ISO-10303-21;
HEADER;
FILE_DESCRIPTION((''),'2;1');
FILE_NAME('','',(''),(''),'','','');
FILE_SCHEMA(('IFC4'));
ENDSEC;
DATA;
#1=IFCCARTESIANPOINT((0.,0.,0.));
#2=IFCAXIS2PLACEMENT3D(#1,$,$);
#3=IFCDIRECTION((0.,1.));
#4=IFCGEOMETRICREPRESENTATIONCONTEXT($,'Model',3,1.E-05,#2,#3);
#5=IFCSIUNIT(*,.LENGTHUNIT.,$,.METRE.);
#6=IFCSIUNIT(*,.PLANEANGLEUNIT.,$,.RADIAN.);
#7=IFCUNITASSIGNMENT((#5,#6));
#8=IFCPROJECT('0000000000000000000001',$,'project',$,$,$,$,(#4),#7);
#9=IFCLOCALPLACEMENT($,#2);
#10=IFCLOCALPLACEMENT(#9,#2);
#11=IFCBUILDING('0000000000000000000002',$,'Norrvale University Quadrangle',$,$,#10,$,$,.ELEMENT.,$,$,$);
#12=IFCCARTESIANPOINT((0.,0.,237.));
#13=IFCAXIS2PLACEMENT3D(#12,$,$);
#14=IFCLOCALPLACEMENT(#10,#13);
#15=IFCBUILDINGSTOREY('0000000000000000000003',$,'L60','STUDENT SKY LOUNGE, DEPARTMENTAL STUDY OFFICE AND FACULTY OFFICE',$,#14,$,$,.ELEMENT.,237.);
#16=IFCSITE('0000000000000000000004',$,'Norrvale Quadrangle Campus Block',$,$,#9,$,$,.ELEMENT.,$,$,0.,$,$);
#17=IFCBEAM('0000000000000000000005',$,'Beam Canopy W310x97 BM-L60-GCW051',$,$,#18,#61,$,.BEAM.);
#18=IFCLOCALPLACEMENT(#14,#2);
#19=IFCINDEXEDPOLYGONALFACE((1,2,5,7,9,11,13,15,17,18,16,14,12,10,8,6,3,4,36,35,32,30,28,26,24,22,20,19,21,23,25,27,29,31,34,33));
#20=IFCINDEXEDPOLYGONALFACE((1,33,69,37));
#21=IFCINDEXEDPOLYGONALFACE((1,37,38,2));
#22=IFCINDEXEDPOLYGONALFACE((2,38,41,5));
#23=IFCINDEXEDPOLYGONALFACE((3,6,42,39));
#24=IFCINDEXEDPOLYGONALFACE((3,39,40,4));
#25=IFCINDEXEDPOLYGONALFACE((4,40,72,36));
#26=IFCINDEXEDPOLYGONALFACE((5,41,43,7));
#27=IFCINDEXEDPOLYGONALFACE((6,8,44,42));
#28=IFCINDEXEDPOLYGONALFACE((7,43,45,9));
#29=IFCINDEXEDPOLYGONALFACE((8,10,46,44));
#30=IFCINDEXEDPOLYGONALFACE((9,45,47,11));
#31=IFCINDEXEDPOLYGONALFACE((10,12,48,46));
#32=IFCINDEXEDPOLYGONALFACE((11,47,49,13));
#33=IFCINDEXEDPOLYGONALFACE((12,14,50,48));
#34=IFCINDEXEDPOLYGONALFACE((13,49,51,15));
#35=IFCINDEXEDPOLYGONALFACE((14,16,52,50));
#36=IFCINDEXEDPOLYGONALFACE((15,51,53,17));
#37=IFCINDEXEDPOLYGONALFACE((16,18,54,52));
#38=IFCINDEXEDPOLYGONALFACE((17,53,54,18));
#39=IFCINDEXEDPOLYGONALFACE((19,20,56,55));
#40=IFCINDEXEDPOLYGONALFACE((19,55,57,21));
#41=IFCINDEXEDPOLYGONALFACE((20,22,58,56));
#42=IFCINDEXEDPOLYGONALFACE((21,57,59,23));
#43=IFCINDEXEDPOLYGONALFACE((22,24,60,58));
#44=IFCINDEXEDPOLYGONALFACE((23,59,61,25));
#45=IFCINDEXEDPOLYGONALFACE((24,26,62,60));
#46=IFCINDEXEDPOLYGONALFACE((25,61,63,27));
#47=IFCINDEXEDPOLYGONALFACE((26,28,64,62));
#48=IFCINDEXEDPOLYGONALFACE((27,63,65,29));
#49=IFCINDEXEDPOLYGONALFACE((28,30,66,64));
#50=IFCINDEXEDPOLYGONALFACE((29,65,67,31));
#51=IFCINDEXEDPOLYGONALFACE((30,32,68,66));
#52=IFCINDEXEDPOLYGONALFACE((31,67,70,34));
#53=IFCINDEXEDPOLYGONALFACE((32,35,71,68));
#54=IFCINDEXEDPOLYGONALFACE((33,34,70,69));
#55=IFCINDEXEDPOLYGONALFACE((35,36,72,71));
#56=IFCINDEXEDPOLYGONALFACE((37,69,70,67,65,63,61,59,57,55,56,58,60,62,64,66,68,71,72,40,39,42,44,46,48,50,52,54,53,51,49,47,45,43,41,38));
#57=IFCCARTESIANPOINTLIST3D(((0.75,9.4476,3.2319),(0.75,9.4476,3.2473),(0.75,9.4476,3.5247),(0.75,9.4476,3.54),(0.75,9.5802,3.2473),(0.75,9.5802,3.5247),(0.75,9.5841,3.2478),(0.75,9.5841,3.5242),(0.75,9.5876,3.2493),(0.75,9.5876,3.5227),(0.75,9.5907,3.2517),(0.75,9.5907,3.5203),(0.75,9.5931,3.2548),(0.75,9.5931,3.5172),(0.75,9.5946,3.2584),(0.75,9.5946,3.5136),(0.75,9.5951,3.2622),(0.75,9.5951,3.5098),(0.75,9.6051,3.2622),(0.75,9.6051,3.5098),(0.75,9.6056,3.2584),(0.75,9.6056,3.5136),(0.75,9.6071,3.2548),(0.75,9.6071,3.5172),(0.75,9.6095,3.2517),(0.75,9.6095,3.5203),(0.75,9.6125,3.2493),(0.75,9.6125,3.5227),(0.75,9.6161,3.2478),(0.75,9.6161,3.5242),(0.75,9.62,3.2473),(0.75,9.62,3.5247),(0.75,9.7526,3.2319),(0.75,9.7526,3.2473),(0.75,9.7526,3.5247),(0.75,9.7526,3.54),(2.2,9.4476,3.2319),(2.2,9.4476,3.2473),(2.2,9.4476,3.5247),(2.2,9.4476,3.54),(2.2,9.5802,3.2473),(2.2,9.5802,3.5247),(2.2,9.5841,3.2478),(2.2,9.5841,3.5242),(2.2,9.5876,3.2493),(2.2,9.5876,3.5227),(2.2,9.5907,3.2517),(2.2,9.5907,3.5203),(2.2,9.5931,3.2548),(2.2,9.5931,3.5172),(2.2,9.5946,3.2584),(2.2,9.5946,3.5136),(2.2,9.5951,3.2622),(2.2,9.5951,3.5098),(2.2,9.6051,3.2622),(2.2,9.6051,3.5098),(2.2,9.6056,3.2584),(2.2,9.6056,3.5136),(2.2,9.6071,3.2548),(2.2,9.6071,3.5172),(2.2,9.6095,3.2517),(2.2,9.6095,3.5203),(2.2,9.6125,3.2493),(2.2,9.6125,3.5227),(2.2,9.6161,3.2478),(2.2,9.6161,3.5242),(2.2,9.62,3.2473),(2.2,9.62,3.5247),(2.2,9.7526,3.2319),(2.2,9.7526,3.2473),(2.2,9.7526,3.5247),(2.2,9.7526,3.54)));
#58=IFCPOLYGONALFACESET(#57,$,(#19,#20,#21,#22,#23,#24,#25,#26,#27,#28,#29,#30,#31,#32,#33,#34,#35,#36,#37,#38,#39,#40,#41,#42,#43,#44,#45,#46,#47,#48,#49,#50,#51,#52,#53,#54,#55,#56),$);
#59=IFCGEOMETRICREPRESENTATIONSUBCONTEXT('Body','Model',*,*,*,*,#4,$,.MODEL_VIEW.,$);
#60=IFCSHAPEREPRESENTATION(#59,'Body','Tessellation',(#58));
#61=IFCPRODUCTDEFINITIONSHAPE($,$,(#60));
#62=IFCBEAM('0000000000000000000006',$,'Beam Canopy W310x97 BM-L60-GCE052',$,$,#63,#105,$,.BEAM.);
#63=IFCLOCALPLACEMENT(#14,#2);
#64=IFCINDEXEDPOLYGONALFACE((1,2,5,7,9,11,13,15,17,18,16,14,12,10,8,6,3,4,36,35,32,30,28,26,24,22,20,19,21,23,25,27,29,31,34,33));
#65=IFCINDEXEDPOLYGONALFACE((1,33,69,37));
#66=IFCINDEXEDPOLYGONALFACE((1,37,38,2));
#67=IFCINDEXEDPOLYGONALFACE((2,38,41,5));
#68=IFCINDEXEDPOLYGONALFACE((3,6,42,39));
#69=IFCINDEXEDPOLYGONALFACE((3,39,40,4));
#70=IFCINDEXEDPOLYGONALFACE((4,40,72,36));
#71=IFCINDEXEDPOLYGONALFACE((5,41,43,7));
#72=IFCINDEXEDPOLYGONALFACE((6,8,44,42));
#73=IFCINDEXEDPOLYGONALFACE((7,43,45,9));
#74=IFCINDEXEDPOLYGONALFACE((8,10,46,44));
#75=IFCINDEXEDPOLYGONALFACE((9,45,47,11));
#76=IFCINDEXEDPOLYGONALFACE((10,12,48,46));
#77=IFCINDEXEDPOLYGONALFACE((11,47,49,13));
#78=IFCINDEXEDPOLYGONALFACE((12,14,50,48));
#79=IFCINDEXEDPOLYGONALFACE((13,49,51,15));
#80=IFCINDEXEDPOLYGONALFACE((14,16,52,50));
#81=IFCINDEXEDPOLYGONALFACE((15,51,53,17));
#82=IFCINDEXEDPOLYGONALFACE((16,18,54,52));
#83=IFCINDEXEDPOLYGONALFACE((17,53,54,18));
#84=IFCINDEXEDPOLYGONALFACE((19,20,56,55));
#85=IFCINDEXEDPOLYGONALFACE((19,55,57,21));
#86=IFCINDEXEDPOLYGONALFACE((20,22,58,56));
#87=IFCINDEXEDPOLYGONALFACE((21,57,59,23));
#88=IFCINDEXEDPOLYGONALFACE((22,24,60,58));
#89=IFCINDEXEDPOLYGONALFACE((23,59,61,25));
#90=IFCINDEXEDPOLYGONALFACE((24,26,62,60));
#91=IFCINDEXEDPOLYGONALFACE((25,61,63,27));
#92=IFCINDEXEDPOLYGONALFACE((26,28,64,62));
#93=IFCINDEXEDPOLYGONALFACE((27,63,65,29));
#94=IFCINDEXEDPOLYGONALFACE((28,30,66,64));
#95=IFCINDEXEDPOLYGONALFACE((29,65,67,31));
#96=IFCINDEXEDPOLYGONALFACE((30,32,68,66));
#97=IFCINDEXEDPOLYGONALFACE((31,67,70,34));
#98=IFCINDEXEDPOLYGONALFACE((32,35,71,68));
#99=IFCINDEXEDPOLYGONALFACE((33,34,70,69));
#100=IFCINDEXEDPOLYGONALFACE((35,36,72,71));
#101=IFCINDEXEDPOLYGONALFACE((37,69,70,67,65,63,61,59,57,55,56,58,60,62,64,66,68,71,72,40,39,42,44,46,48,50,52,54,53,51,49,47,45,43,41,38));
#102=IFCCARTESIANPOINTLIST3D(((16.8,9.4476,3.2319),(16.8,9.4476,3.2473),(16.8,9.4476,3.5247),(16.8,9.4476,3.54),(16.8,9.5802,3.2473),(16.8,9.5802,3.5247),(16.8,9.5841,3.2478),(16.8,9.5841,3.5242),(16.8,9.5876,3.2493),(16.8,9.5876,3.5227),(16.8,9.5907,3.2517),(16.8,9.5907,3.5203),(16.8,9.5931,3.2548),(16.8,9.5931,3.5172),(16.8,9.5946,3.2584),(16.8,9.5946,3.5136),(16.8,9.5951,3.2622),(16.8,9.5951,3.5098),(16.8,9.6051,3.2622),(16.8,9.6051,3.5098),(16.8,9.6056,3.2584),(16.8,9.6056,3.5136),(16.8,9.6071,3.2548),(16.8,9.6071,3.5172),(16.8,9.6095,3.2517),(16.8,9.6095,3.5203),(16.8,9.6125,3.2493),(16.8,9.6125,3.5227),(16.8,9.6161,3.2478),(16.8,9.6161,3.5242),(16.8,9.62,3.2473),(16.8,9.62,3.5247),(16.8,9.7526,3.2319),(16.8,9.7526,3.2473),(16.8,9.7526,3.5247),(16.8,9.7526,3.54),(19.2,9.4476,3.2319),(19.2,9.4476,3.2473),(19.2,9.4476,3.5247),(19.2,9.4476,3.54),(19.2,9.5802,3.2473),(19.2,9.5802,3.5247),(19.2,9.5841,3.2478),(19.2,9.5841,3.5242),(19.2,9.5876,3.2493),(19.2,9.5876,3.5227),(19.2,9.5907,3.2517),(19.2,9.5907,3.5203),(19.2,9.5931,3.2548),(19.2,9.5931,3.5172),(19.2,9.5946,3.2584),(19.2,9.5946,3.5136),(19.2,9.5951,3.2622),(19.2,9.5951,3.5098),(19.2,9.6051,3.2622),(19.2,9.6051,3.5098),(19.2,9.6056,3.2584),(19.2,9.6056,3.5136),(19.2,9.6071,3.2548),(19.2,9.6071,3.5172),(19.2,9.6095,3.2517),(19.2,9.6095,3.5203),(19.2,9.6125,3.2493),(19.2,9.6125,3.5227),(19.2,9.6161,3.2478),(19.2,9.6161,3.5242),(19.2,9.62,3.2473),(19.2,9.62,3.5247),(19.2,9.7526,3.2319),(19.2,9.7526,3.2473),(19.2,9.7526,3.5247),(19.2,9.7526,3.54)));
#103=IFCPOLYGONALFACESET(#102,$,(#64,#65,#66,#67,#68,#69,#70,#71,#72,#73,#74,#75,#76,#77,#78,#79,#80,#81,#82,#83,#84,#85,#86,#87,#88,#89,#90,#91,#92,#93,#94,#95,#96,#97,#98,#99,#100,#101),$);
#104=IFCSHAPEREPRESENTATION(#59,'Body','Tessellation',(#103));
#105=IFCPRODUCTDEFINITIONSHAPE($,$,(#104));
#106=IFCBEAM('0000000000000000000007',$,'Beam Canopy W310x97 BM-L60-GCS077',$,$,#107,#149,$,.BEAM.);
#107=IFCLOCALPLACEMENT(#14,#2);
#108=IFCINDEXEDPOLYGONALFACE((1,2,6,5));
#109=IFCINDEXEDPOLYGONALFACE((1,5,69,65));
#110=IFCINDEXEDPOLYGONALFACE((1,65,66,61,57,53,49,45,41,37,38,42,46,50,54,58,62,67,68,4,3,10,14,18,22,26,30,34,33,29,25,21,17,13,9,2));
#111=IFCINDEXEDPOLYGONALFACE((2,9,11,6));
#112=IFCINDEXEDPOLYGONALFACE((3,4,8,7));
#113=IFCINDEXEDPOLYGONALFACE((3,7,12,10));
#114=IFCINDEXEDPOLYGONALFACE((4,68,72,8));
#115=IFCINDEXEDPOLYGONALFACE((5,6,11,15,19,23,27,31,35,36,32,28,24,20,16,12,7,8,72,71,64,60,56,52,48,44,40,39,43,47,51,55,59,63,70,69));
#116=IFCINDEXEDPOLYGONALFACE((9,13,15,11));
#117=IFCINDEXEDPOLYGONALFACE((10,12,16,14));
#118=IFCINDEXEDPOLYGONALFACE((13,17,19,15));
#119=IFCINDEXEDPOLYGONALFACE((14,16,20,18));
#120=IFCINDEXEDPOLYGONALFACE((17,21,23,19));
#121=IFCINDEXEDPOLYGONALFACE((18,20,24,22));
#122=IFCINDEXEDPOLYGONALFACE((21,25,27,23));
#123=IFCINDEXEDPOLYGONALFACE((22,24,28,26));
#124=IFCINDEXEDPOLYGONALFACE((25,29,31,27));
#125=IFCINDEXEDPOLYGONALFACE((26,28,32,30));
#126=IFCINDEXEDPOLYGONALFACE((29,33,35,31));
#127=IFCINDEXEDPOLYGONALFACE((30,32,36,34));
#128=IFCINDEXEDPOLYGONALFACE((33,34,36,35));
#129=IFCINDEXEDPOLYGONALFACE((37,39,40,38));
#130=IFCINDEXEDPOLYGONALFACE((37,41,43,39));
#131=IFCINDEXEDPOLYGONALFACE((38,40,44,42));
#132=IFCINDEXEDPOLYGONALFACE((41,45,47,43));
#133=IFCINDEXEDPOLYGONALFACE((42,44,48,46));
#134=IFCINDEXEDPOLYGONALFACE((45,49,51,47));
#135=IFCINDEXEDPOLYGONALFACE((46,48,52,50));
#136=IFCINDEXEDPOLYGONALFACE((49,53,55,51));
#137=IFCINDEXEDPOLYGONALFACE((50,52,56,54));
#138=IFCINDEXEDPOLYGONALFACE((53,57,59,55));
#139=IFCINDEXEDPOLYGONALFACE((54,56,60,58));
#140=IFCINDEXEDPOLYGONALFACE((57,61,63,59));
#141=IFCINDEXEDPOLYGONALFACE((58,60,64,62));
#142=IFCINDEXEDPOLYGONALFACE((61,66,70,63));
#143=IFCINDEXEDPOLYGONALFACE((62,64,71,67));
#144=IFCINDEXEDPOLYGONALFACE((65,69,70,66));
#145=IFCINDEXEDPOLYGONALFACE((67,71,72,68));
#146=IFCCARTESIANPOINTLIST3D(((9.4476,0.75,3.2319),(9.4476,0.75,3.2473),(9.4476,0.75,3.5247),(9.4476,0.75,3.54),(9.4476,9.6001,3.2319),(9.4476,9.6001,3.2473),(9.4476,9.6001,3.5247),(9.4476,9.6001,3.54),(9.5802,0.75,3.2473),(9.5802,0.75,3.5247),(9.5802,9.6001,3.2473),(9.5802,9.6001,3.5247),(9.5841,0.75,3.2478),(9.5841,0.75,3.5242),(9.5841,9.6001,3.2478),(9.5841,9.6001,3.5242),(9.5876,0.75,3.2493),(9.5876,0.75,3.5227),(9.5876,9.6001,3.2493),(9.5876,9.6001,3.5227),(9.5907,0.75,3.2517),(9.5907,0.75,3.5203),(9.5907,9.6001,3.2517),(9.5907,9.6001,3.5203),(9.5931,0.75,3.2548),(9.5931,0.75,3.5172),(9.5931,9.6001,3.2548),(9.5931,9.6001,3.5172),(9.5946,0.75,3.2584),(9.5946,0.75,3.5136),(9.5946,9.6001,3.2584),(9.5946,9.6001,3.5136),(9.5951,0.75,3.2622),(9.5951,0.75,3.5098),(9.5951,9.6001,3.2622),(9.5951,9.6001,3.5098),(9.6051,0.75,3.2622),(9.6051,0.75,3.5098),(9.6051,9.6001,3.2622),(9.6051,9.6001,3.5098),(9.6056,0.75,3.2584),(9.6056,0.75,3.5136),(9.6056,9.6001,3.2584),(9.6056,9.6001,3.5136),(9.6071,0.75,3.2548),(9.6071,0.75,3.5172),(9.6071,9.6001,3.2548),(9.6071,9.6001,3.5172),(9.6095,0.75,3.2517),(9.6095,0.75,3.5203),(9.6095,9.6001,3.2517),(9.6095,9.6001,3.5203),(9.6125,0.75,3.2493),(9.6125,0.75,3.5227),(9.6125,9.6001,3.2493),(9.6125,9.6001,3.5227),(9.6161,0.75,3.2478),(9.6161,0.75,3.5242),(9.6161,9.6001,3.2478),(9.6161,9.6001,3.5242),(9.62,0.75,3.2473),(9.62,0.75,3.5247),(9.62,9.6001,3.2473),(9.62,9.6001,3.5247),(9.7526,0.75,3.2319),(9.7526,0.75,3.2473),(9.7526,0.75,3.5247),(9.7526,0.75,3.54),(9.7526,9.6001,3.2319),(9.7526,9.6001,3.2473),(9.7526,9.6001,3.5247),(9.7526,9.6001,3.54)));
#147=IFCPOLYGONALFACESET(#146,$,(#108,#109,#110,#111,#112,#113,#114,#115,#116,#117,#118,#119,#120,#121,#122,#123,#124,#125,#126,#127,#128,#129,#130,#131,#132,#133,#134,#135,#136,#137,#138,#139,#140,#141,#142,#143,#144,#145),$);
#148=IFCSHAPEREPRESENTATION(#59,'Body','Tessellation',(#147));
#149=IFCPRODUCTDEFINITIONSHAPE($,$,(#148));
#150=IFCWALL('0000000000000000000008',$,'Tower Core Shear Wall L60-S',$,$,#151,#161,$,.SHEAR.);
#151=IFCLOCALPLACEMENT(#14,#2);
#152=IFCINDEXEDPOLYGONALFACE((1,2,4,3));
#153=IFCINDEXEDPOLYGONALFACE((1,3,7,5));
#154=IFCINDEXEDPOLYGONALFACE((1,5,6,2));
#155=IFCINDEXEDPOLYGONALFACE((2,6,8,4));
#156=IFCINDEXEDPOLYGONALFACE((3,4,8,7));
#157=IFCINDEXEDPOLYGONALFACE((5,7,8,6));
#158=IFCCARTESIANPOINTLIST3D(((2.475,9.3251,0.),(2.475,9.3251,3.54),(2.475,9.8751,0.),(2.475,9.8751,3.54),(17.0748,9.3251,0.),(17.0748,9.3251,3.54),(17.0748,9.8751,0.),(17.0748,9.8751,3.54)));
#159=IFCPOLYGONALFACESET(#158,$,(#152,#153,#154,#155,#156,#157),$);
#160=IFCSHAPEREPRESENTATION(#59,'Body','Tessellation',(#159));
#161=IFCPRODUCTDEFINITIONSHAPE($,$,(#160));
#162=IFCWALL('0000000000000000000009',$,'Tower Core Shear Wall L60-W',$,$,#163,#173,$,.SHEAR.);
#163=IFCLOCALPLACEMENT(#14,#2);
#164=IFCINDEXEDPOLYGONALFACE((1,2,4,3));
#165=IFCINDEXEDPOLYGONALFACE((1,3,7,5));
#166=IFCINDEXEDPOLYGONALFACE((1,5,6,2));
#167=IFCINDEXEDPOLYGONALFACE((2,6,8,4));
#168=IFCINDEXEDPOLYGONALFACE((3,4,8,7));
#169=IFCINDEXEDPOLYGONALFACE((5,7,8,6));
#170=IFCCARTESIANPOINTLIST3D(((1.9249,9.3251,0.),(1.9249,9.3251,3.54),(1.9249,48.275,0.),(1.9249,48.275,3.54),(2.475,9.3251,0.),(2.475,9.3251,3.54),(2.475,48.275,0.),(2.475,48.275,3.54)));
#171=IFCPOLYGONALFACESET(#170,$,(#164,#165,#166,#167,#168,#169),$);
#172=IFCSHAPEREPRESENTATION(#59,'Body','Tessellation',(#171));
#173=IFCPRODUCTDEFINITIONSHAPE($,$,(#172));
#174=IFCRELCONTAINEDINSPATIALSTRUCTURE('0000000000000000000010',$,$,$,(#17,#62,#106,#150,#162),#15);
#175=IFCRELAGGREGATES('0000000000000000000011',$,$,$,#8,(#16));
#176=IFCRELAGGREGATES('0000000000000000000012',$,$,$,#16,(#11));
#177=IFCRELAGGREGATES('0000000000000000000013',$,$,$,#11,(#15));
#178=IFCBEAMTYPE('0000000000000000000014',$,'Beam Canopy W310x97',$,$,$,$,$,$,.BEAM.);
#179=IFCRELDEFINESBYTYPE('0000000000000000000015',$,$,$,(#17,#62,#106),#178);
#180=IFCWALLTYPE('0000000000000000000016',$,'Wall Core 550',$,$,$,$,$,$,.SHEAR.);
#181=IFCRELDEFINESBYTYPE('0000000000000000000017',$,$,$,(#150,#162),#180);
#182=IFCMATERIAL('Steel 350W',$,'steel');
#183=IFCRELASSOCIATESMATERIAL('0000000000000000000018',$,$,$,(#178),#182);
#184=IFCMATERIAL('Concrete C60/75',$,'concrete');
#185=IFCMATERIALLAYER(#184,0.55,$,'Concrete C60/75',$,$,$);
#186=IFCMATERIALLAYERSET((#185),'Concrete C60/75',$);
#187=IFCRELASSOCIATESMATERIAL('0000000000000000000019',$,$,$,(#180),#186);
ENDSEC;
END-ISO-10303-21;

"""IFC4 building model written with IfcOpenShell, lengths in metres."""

from ifc_helpers import new_model, si_unit, direction, frame, frame_2d, origin, origin_2d, place, context, subcontext, project, spatial, rectangle, i_section, extrude, material, layer, layer_set, material_profile, profile_set, type_object, element, save


model = new_model("IFC4")

# Units and contexts
model_context = context("Model", 3, precision=1e-05, world=origin(), true_north=direction((0.0, 1.0)))
body_context = subcontext(model_context, "Body", "Model", "MODEL_VIEW")
ifc_project = project(units=[si_unit("LENGTHUNIT", "METRE"), si_unit("PLANEANGLEUNIT", "RADIAN")], contexts=[model_context])

# Site, building, storey
site_placement = place(None, origin())
site = spatial("IfcSite", under=ifc_project, at=site_placement, Name="Norrvale Quadrangle Campus Block", CompositionType="ELEMENT", RefElevation=0.0)
building_placement = place(site_placement, origin())
building = spatial("IfcBuilding", under=site, at=building_placement, Name="Norrvale University Quadrangle", CompositionType="ELEMENT")
storey_placement = place(building_placement, frame((0.0, 0.0, 237.0)))
storey = spatial("IfcBuildingStorey", under=building, at=storey_placement, Name="L60", Description="STUDENT SKY LOUNGE, DEPARTMENTAL STUDY OFFICE AND FACULTY OFFICE", CompositionType="ELEMENT", Elevation=237.0)

# Shared definitions
ifc_material_1 = material(Name="Concrete C60/75", Category="concrete")

# Beams
ifc_material_2 = material(Name="Steel 350W", Category="steel")
ifc_material_profile_1 = material_profile(ifc_material_2, i_section(OverallWidth=0.3049, OverallDepth=0.3081, WebThickness=0.01, FlangeThickness=0.0154, FilletRadius=0.0149, at=origin_2d()), Name="Steel 350W")
ifc_profile_set_1 = profile_set([ifc_material_profile_1], Name="Steel 350W")
beam_type_1 = type_object("IfcBeamType", Name="Beam Canopy W310x97", PredefinedType="BEAM", material=ifc_profile_set_1)
beam_1_placement = place(storey_placement, frame((0.75, 9.6001, 3.386), z_axis=(1.0, 0.0, 0.0), x_axis=(0.0, 1.0, 0.0)))
element("IfcBeam", 1, at=beam_1_placement, inside=storey, type_object=beam_type_1, Name="Beam Canopy W310x97 BM-L60-GCW051", PredefinedType="BEAM", context=body_context, shape_type="SweptSolid", body=[
    extrude(i_section(OverallWidth=0.3049, OverallDepth=0.3081, WebThickness=0.01, FlangeThickness=0.0154, FilletRadius=0.0149, at=origin_2d()), origin(), (0.0, 0.0, 1.0), 1.45),
])
beam_2_placement = place(storey_placement, frame((16.8, 9.6001, 3.386), z_axis=(1.0, 0.0, 0.0), x_axis=(0.0, 1.0, 0.0)))
element("IfcBeam", 2, at=beam_2_placement, inside=storey, type_object=beam_type_1, Name="Beam Canopy W310x97 BM-L60-GCE052", PredefinedType="BEAM", context=body_context, shape_type="SweptSolid", body=[
    extrude(i_section(OverallWidth=0.3049, OverallDepth=0.3081, WebThickness=0.01, FlangeThickness=0.0154, FilletRadius=0.0149, at=origin_2d()), origin(), (0.0, 0.0, 1.0), 2.3999),
])
beam_3_placement = place(storey_placement, frame((9.6001, 0.75, 3.386), z_axis=(0.0, 1.0, 0.0), x_axis=(-1.0, 0.0, 0.0)))
element("IfcBeam", 3, at=beam_3_placement, inside=storey, type_object=beam_type_1, Name="Beam Canopy W310x97 BM-L60-GCS077", PredefinedType="BEAM", context=body_context, shape_type="SweptSolid", body=[
    extrude(i_section(OverallWidth=0.3049, OverallDepth=0.3081, WebThickness=0.01, FlangeThickness=0.0154, FilletRadius=0.0149, at=origin_2d()), origin(), (0.0, 0.0, 1.0), 8.8501),
])

# Walls
ifc_layer_1 = layer(ifc_material_1, 0.55, Name="Concrete C60/75")
ifc_layer_set_1 = layer_set([ifc_layer_1], Name="Concrete C60/75")
wall_type_1 = type_object("IfcWallType", Name="Wall Core 550", PredefinedType="SHEAR", material=ifc_layer_set_1)
wall_1_placement = place(storey_placement, frame((2.4751, 9.6001, 0.0), z_axis=(0.0, 0.0, 1.0), x_axis=(1.0, 0.0, 0.0)))
element("IfcWall", 4, at=wall_1_placement, inside=storey, type_object=wall_type_1, Name="Tower Core Shear Wall L60-S", PredefinedType="SHEAR", context=body_context, shape_type="SweptSolid", body=[
    extrude(rectangle(XDim=14.5999, YDim=0.55, at=frame_2d((7.2998, 0.0))), origin(), (0.0, 0.0, 1.0), 3.54),
])
wall_2_placement = place(storey_placement, frame((2.2, 9.325, 0.0), z_axis=(0.0, 0.0, 1.0), x_axis=(0.0, 1.0, 0.0)))
element("IfcWall", 5, at=wall_2_placement, inside=storey, type_object=wall_type_1, Name="Tower Core Shear Wall L60-W", PredefinedType="SHEAR", context=body_context, shape_type="SweptSolid", body=[
    extrude(rectangle(XDim=38.95, YDim=0.55, at=frame_2d((19.4751, 0.0))), origin(), (0.0, 0.0, 1.0), 3.54),
])

save(model, "model.ifc")
